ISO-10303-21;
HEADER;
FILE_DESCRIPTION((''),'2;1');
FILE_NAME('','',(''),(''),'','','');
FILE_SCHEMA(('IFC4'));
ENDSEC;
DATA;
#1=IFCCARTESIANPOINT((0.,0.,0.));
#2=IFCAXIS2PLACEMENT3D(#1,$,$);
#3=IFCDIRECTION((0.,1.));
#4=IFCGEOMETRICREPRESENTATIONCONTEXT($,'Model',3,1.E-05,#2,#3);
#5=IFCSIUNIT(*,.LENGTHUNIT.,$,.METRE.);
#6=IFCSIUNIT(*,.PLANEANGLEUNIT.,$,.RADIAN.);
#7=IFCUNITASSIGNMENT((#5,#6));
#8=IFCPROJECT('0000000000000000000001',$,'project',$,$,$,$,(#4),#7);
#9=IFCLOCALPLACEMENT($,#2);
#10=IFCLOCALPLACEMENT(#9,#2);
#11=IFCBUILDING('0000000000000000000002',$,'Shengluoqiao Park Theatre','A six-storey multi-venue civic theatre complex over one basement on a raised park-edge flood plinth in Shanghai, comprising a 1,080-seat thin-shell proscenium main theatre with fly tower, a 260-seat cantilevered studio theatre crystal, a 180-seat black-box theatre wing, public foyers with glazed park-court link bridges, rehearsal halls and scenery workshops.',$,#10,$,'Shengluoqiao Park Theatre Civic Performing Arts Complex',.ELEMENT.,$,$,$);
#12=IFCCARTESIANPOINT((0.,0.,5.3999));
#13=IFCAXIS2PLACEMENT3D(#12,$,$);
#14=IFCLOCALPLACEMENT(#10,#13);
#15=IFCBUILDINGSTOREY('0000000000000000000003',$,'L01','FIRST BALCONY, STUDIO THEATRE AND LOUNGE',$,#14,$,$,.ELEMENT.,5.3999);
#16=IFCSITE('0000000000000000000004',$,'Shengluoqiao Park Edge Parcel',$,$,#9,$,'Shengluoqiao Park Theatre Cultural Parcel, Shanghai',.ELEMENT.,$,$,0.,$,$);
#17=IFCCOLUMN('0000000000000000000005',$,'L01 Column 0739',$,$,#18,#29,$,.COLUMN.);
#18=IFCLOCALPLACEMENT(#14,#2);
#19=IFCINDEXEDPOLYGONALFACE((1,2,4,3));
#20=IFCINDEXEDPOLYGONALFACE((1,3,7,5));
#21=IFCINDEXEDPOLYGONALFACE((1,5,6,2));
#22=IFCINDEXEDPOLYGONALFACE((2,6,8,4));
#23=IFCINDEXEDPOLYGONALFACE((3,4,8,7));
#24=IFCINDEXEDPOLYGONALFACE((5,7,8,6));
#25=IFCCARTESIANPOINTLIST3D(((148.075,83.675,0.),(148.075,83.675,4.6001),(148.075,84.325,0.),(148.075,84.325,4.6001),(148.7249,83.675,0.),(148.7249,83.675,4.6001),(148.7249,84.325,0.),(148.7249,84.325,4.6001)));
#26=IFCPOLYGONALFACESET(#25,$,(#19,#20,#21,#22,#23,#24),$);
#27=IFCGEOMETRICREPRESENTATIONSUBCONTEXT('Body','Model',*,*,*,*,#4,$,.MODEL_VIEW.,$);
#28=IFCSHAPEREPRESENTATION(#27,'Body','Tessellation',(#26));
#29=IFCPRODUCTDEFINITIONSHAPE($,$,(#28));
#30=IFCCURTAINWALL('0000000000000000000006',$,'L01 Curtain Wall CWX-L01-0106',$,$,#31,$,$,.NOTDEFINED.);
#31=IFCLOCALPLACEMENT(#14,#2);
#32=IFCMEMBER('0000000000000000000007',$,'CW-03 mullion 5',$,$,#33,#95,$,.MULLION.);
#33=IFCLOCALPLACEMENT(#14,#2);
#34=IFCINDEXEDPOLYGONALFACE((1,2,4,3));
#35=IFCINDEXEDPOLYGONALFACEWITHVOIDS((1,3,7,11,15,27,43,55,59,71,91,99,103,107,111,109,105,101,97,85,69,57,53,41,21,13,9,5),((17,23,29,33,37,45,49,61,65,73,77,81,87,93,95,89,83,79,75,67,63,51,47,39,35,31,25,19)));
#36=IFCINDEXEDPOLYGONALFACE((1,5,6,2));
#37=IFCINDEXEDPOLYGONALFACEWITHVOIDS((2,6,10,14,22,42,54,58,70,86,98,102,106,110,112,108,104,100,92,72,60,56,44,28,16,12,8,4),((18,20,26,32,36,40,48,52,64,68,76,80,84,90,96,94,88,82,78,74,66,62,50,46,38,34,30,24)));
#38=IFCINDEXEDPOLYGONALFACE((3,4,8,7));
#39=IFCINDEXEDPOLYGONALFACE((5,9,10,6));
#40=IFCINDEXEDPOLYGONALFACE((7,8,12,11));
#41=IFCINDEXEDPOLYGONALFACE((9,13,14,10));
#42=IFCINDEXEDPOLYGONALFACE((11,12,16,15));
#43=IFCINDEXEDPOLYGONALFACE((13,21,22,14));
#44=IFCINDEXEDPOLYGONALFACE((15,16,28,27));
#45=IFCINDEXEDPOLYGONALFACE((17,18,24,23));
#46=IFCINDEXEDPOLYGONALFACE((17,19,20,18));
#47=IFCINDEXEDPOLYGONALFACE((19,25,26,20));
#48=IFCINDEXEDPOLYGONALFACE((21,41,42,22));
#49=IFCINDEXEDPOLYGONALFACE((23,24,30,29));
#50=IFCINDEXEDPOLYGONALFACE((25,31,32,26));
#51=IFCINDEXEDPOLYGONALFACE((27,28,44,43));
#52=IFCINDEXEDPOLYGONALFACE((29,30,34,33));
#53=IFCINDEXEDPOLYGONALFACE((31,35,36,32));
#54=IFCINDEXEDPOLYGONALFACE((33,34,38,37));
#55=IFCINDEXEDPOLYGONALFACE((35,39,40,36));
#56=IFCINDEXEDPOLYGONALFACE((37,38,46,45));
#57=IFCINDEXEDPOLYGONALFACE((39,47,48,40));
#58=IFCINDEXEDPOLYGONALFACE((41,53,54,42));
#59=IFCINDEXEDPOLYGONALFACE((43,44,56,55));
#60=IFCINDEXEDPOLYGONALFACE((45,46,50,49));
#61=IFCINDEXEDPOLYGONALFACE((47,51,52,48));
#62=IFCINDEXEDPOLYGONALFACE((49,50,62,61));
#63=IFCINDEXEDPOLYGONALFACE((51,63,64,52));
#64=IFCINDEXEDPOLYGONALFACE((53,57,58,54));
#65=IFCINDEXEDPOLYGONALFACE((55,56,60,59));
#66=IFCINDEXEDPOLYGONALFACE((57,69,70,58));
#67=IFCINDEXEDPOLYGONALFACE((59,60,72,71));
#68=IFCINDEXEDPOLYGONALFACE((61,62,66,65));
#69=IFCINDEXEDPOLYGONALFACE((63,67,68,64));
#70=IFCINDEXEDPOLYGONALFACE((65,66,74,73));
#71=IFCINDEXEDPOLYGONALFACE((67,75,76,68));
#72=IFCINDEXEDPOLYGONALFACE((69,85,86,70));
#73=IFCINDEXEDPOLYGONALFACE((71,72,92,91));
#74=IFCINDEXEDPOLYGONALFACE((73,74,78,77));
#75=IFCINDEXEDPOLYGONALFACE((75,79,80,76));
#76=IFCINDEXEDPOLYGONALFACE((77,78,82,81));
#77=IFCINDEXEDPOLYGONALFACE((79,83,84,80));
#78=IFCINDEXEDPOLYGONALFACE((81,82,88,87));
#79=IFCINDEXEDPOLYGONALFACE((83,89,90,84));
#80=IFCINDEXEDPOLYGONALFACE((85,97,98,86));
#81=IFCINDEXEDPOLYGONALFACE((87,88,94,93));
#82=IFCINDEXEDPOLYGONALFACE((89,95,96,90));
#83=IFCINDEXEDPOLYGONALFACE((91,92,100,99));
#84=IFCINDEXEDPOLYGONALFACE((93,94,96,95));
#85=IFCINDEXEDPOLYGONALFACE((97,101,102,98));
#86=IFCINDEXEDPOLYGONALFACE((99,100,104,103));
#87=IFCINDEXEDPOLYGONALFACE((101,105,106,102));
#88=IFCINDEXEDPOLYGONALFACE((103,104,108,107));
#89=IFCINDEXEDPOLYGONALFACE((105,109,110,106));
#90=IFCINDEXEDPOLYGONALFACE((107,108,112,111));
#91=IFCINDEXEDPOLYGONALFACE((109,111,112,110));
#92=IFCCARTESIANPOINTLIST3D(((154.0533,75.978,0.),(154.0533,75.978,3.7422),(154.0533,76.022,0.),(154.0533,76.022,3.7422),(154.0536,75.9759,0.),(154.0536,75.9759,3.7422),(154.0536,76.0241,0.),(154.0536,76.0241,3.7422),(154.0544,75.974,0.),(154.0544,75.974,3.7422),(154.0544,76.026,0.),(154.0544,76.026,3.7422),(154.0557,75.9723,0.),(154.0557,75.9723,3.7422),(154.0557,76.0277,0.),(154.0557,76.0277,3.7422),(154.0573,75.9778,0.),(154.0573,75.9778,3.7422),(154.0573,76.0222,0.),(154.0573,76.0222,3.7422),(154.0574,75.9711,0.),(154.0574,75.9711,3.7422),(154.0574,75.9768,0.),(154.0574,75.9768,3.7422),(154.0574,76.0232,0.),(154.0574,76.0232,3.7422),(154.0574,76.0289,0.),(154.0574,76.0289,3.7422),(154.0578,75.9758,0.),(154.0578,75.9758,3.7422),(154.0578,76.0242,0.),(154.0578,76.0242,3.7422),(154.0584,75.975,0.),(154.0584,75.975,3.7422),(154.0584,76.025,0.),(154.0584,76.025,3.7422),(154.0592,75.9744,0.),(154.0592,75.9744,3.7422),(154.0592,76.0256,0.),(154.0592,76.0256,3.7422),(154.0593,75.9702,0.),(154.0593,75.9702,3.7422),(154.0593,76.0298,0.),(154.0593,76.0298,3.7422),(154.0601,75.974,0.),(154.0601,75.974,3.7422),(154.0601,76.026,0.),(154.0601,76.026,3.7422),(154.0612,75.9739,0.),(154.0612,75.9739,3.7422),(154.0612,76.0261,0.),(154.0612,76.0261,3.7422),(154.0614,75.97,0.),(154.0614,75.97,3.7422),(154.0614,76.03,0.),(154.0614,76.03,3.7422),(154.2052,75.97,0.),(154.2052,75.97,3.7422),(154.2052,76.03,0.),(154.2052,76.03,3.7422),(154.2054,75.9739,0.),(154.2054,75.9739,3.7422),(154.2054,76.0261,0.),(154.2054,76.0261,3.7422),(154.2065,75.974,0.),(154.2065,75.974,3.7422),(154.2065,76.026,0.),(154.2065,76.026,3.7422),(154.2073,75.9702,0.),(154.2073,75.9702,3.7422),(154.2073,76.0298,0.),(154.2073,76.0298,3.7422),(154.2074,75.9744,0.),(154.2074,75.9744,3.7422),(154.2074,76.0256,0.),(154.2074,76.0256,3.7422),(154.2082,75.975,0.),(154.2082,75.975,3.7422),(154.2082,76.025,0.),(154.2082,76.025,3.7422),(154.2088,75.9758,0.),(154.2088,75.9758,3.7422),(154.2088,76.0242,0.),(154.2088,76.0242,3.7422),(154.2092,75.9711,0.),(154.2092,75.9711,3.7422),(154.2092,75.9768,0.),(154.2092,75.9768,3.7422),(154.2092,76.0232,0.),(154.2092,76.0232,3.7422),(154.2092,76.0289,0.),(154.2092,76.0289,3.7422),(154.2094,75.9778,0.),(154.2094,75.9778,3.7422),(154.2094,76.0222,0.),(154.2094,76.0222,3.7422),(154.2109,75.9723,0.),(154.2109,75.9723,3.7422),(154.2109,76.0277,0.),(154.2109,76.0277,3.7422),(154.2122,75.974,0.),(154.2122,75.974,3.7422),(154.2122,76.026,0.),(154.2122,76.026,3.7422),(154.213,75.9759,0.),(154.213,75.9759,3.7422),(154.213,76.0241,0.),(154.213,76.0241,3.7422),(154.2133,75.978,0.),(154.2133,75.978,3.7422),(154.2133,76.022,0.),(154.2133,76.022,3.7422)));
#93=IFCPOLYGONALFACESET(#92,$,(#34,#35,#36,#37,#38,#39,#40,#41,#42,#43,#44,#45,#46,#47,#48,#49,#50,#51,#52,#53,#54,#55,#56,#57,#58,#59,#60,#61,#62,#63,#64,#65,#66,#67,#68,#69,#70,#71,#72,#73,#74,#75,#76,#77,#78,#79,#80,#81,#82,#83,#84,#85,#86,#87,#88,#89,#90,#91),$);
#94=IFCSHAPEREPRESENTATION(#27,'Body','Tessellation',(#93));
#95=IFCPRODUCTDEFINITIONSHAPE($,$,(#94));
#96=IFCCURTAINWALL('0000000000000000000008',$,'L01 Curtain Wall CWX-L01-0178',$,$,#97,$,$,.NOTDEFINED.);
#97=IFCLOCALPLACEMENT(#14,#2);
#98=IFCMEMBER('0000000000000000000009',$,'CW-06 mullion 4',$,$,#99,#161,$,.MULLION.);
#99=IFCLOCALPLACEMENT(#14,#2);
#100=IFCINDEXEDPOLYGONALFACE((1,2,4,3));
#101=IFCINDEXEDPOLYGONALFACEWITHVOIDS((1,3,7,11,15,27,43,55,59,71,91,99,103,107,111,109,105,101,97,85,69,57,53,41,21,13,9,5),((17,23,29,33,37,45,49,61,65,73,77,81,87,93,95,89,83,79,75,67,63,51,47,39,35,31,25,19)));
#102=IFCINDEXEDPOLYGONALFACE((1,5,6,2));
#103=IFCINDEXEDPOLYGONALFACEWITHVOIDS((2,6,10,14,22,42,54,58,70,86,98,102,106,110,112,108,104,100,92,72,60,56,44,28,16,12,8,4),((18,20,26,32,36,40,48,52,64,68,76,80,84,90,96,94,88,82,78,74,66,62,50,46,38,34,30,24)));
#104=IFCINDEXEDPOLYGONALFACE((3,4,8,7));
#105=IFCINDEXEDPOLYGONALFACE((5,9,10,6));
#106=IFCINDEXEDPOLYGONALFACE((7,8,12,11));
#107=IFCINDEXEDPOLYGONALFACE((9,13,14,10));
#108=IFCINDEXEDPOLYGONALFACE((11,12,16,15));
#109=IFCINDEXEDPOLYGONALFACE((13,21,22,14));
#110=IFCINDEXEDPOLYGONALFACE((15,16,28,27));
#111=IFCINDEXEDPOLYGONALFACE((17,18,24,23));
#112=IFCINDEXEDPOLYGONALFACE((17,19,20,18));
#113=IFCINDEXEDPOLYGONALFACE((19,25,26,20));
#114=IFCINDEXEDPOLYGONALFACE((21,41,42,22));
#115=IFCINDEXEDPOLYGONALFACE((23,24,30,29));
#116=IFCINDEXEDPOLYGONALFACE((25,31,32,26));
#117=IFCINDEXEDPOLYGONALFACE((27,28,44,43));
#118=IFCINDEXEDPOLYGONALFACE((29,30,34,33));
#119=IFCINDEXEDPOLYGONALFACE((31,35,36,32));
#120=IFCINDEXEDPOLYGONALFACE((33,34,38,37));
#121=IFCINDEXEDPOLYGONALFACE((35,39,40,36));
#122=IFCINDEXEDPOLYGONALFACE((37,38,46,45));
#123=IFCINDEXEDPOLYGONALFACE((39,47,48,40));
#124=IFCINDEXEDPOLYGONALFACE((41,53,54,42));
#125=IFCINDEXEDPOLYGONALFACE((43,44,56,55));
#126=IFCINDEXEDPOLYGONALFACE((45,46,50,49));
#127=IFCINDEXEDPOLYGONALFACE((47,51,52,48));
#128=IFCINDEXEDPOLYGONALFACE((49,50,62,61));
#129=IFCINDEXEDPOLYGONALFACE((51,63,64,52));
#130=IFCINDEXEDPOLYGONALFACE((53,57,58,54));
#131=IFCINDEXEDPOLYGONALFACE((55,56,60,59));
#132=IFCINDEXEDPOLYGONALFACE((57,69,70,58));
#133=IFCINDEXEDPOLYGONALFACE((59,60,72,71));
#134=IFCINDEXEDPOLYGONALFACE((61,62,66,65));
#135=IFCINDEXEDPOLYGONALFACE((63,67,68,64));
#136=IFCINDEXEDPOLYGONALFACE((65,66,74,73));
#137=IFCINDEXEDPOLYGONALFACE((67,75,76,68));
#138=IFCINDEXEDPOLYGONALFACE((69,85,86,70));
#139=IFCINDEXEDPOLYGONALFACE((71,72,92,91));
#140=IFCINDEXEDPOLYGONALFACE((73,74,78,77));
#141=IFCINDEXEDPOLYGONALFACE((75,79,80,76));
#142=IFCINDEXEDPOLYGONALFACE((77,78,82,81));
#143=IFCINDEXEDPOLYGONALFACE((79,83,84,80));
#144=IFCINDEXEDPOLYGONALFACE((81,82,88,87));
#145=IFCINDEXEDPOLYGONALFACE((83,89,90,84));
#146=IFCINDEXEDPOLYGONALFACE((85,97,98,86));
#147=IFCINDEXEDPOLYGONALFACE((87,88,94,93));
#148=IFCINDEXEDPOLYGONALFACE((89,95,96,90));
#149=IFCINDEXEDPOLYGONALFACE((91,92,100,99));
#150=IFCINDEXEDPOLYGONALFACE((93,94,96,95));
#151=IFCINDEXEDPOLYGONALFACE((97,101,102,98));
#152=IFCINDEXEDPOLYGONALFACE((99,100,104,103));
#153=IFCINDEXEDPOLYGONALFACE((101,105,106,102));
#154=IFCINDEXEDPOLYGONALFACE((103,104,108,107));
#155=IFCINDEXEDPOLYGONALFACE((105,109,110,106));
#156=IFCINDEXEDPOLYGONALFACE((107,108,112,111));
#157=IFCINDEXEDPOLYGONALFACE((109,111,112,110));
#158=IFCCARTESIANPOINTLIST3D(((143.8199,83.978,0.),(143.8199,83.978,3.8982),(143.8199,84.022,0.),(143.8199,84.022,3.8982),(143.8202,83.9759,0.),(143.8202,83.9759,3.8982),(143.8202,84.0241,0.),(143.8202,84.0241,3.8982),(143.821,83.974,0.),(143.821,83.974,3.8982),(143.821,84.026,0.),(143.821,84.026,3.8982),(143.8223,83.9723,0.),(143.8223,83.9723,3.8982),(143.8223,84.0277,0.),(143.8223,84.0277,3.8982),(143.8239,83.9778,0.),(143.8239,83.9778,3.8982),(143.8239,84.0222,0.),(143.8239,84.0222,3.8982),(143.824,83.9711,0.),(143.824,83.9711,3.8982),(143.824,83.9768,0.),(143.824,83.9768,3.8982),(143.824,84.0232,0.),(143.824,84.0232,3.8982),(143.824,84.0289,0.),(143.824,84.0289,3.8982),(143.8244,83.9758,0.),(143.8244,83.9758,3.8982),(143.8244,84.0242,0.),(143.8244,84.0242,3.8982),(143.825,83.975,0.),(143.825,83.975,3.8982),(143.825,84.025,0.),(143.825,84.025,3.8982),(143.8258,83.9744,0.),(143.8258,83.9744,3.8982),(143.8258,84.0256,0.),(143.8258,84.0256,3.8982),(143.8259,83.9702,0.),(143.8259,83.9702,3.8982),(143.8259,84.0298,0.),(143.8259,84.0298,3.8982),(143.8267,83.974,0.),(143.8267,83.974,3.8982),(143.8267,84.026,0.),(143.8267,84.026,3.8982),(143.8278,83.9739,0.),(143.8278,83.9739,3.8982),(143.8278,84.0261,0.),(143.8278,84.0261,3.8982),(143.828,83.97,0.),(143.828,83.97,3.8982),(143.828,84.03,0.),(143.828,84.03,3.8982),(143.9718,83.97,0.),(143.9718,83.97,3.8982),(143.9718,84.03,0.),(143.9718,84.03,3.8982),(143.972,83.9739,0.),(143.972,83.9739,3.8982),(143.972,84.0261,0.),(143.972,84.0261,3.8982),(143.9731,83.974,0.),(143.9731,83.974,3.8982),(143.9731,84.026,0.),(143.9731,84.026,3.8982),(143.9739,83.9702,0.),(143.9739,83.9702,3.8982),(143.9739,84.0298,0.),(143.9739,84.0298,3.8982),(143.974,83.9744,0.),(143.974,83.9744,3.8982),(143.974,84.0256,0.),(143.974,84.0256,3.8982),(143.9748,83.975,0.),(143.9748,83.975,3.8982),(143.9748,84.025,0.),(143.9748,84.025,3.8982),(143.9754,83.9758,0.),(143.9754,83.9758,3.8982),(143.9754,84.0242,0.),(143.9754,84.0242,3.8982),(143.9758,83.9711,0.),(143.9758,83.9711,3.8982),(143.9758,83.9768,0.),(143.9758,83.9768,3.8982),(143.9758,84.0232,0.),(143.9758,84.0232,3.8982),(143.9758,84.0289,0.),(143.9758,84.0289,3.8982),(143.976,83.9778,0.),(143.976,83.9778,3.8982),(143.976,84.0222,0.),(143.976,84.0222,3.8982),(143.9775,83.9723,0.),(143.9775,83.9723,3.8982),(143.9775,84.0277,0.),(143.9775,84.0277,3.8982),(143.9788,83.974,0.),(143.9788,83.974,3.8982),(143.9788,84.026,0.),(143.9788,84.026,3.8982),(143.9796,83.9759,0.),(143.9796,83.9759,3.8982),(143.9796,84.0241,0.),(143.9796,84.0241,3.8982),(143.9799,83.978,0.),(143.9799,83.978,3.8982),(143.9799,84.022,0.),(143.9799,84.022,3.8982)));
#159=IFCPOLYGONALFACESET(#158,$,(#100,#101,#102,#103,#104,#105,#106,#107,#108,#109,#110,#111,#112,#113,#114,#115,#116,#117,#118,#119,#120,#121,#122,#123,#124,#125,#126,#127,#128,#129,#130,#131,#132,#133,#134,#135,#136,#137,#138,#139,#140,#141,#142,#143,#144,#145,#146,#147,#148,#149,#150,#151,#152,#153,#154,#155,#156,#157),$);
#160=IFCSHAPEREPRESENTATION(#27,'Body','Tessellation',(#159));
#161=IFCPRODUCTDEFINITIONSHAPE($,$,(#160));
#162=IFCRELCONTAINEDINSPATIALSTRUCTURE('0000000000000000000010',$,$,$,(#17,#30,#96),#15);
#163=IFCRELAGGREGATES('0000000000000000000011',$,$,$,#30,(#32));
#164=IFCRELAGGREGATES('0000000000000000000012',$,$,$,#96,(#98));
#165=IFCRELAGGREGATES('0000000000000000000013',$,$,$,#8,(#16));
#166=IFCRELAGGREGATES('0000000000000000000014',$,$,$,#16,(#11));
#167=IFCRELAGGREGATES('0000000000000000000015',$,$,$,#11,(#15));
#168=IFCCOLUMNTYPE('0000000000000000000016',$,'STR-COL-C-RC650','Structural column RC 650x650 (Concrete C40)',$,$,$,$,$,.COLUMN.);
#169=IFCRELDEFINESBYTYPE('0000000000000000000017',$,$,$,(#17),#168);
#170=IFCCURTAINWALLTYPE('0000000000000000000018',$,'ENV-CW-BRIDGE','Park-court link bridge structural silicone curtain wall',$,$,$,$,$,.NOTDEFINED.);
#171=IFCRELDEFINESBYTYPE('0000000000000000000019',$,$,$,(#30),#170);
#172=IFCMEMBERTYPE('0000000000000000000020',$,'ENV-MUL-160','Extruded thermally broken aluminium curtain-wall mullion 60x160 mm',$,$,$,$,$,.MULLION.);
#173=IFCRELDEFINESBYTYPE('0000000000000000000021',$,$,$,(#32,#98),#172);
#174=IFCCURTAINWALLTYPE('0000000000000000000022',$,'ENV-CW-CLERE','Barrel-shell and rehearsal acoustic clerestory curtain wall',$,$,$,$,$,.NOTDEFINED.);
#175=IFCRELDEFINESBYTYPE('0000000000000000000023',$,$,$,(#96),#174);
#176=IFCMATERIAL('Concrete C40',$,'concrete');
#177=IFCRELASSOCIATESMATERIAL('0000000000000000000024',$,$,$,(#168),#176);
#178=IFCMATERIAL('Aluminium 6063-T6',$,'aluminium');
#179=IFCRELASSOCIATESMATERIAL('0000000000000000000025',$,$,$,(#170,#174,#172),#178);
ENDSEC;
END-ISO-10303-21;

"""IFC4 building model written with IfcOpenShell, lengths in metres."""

from ifc_helpers import new_model, si_unit, direction, frame, origin, origin_2d, place, context, subcontext, project, spatial, rectangle, hollow_rectangle, extrude, material, material_profile, profile_set, type_object, element, aggregate, save


model = new_model("IFC4")

# Units and contexts
model_context = context("Model", 3, precision=1e-05, world=origin(), true_north=direction((0.0, 1.0)))
body_context = subcontext(model_context, "Body", "Model", "MODEL_VIEW")
ifc_project = project(units=[si_unit("LENGTHUNIT", "METRE"), si_unit("PLANEANGLEUNIT", "RADIAN")], contexts=[model_context])

# Site, building, storey
site_placement = place(None, origin())
site = spatial("IfcSite", under=ifc_project, at=site_placement, Name="Shengluoqiao Park Edge Parcel", LongName="Shengluoqiao Park Theatre Cultural Parcel, Shanghai", CompositionType="ELEMENT", RefElevation=0.0)
building_placement = place(site_placement, origin())
building = spatial("IfcBuilding", under=site, at=building_placement, Name="Shengluoqiao Park Theatre", Description="A six-storey multi-venue civic theatre complex over one basement on a raised park-edge flood plinth in Shanghai, comprising a 1,080-seat thin-shell proscenium main theatre with fly tower, a 260-seat cantilevered studio theatre crystal, a 180-seat black-box theatre wing, public foyers with glazed park-court link bridges, rehearsal halls and scenery workshops.", LongName="Shengluoqiao Park Theatre Civic Performing Arts Complex", CompositionType="ELEMENT")
storey_placement = place(building_placement, frame((0.0, 0.0, 5.3999)))
storey = spatial("IfcBuildingStorey", under=building, at=storey_placement, Name="L01", Description="FIRST BALCONY, STUDIO THEATRE AND LOUNGE", CompositionType="ELEMENT", Elevation=5.3999)

# Column
ifc_material_1 = material(Name="Concrete C40", Category="concrete")
ifc_material_profile_1 = material_profile(ifc_material_1, rectangle(XDim=0.6499, YDim=0.6499, at=origin_2d()), Name="RC 650x650")
ifc_profile_set_1 = profile_set([ifc_material_profile_1], Name="Concrete C40")
column_type = type_object("IfcColumnType", Name="STR-COL-C-RC650", Description="Structural column RC 650x650 (Concrete C40)", PredefinedType="COLUMN", material=ifc_profile_set_1)
column_placement = place(storey_placement, frame((148.3999, 84.0, 0.0), z_axis=(0.0, 0.0, 1.0), x_axis=(1.0, 0.0, 0.0)))
element("IfcColumn", 1, at=column_placement, inside=storey, type_object=column_type, Name="L01 Column 0739", PredefinedType="COLUMN", context=body_context, shape_type="SweptSolid", body=[
    extrude(rectangle(XDim=0.6499, YDim=0.6499, at=origin_2d()), origin(), (0.0, 0.0, 1.0), 4.6001),
])

# Curtain wall, member
ifc_material_2 = material(Name="Aluminium 6063-T6", Category="aluminium")
curtain_wall_type_1 = type_object("IfcCurtainWallType", Name="ENV-CW-BRIDGE", Description="Park-court link bridge structural silicone curtain wall", PredefinedType="NOTDEFINED", material=ifc_material_2)
curtain_wall_1_placement = place(storey_placement, origin())
curtain_wall_1 = element("IfcCurtainWall", 2, at=curtain_wall_1_placement, inside=storey, type_object=curtain_wall_type_1, Name="L01 Curtain Wall CWX-L01-0106", PredefinedType="NOTDEFINED")
ifc_material_profile_2 = material_profile(ifc_material_2, hollow_rectangle(XDim=0.0601, YDim=0.1599, WallThickness=0.0039, InnerFilletRadius=0.0039, OuterFilletRadius=0.0081, at=origin_2d()), Name="ALU MULLION 160x60x4")
ifc_profile_set_2 = profile_set([ifc_material_profile_2], Name="Aluminium 6063-T6")
member_type_1 = type_object("IfcMemberType", Name="ENV-MUL-160", Description="Extruded thermally broken aluminium curtain-wall mullion 60x160 mm", PredefinedType="MULLION", material=ifc_profile_set_2)
member_1_placement = place(storey_placement, frame((154.1333, 76.0, 0.0), z_axis=(0.0, 0.0, 1.0), x_axis=(0.0, 1.0, 0.0)))
member_1 = element("IfcMember", 3, at=member_1_placement, type_object=member_type_1, Name="CW-03 mullion 5", PredefinedType="MULLION", context=body_context, shape_type="SweptSolid", body=[
    extrude(hollow_rectangle(XDim=0.0601, YDim=0.1599, WallThickness=0.0039, InnerFilletRadius=0.0039, OuterFilletRadius=0.0081, at=origin_2d()), origin(), (0.0, 0.0, 1.0), 3.7422),
])

# Curtain wall, member
curtain_wall_type_2 = type_object("IfcCurtainWallType", Name="ENV-CW-CLERE", Description="Barrel-shell and rehearsal acoustic clerestory curtain wall", PredefinedType="NOTDEFINED", material=ifc_material_2)
curtain_wall_2_placement = place(storey_placement, origin())
curtain_wall_2 = element("IfcCurtainWall", 4, at=curtain_wall_2_placement, inside=storey, type_object=curtain_wall_type_2, Name="L01 Curtain Wall CWX-L01-0178", PredefinedType="NOTDEFINED")
member_2_placement = place(storey_placement, frame((143.8999, 84.0, 0.0), z_axis=(0.0, 0.0, 1.0), x_axis=(0.0, 1.0, 0.0)))
member_2 = element("IfcMember", 5, at=member_2_placement, type_object=member_type_1, Name="CW-06 mullion 4", PredefinedType="MULLION", context=body_context, shape_type="SweptSolid", body=[
    extrude(hollow_rectangle(XDim=0.0601, YDim=0.1599, WallThickness=0.0039, InnerFilletRadius=0.0039, OuterFilletRadius=0.0081, at=origin_2d()), origin(), (0.0, 0.0, 1.0), 3.8982),
])

aggregate(curtain_wall_1, [member_1])
aggregate(curtain_wall_2, [member_2])

save(model, "model.ifc")
